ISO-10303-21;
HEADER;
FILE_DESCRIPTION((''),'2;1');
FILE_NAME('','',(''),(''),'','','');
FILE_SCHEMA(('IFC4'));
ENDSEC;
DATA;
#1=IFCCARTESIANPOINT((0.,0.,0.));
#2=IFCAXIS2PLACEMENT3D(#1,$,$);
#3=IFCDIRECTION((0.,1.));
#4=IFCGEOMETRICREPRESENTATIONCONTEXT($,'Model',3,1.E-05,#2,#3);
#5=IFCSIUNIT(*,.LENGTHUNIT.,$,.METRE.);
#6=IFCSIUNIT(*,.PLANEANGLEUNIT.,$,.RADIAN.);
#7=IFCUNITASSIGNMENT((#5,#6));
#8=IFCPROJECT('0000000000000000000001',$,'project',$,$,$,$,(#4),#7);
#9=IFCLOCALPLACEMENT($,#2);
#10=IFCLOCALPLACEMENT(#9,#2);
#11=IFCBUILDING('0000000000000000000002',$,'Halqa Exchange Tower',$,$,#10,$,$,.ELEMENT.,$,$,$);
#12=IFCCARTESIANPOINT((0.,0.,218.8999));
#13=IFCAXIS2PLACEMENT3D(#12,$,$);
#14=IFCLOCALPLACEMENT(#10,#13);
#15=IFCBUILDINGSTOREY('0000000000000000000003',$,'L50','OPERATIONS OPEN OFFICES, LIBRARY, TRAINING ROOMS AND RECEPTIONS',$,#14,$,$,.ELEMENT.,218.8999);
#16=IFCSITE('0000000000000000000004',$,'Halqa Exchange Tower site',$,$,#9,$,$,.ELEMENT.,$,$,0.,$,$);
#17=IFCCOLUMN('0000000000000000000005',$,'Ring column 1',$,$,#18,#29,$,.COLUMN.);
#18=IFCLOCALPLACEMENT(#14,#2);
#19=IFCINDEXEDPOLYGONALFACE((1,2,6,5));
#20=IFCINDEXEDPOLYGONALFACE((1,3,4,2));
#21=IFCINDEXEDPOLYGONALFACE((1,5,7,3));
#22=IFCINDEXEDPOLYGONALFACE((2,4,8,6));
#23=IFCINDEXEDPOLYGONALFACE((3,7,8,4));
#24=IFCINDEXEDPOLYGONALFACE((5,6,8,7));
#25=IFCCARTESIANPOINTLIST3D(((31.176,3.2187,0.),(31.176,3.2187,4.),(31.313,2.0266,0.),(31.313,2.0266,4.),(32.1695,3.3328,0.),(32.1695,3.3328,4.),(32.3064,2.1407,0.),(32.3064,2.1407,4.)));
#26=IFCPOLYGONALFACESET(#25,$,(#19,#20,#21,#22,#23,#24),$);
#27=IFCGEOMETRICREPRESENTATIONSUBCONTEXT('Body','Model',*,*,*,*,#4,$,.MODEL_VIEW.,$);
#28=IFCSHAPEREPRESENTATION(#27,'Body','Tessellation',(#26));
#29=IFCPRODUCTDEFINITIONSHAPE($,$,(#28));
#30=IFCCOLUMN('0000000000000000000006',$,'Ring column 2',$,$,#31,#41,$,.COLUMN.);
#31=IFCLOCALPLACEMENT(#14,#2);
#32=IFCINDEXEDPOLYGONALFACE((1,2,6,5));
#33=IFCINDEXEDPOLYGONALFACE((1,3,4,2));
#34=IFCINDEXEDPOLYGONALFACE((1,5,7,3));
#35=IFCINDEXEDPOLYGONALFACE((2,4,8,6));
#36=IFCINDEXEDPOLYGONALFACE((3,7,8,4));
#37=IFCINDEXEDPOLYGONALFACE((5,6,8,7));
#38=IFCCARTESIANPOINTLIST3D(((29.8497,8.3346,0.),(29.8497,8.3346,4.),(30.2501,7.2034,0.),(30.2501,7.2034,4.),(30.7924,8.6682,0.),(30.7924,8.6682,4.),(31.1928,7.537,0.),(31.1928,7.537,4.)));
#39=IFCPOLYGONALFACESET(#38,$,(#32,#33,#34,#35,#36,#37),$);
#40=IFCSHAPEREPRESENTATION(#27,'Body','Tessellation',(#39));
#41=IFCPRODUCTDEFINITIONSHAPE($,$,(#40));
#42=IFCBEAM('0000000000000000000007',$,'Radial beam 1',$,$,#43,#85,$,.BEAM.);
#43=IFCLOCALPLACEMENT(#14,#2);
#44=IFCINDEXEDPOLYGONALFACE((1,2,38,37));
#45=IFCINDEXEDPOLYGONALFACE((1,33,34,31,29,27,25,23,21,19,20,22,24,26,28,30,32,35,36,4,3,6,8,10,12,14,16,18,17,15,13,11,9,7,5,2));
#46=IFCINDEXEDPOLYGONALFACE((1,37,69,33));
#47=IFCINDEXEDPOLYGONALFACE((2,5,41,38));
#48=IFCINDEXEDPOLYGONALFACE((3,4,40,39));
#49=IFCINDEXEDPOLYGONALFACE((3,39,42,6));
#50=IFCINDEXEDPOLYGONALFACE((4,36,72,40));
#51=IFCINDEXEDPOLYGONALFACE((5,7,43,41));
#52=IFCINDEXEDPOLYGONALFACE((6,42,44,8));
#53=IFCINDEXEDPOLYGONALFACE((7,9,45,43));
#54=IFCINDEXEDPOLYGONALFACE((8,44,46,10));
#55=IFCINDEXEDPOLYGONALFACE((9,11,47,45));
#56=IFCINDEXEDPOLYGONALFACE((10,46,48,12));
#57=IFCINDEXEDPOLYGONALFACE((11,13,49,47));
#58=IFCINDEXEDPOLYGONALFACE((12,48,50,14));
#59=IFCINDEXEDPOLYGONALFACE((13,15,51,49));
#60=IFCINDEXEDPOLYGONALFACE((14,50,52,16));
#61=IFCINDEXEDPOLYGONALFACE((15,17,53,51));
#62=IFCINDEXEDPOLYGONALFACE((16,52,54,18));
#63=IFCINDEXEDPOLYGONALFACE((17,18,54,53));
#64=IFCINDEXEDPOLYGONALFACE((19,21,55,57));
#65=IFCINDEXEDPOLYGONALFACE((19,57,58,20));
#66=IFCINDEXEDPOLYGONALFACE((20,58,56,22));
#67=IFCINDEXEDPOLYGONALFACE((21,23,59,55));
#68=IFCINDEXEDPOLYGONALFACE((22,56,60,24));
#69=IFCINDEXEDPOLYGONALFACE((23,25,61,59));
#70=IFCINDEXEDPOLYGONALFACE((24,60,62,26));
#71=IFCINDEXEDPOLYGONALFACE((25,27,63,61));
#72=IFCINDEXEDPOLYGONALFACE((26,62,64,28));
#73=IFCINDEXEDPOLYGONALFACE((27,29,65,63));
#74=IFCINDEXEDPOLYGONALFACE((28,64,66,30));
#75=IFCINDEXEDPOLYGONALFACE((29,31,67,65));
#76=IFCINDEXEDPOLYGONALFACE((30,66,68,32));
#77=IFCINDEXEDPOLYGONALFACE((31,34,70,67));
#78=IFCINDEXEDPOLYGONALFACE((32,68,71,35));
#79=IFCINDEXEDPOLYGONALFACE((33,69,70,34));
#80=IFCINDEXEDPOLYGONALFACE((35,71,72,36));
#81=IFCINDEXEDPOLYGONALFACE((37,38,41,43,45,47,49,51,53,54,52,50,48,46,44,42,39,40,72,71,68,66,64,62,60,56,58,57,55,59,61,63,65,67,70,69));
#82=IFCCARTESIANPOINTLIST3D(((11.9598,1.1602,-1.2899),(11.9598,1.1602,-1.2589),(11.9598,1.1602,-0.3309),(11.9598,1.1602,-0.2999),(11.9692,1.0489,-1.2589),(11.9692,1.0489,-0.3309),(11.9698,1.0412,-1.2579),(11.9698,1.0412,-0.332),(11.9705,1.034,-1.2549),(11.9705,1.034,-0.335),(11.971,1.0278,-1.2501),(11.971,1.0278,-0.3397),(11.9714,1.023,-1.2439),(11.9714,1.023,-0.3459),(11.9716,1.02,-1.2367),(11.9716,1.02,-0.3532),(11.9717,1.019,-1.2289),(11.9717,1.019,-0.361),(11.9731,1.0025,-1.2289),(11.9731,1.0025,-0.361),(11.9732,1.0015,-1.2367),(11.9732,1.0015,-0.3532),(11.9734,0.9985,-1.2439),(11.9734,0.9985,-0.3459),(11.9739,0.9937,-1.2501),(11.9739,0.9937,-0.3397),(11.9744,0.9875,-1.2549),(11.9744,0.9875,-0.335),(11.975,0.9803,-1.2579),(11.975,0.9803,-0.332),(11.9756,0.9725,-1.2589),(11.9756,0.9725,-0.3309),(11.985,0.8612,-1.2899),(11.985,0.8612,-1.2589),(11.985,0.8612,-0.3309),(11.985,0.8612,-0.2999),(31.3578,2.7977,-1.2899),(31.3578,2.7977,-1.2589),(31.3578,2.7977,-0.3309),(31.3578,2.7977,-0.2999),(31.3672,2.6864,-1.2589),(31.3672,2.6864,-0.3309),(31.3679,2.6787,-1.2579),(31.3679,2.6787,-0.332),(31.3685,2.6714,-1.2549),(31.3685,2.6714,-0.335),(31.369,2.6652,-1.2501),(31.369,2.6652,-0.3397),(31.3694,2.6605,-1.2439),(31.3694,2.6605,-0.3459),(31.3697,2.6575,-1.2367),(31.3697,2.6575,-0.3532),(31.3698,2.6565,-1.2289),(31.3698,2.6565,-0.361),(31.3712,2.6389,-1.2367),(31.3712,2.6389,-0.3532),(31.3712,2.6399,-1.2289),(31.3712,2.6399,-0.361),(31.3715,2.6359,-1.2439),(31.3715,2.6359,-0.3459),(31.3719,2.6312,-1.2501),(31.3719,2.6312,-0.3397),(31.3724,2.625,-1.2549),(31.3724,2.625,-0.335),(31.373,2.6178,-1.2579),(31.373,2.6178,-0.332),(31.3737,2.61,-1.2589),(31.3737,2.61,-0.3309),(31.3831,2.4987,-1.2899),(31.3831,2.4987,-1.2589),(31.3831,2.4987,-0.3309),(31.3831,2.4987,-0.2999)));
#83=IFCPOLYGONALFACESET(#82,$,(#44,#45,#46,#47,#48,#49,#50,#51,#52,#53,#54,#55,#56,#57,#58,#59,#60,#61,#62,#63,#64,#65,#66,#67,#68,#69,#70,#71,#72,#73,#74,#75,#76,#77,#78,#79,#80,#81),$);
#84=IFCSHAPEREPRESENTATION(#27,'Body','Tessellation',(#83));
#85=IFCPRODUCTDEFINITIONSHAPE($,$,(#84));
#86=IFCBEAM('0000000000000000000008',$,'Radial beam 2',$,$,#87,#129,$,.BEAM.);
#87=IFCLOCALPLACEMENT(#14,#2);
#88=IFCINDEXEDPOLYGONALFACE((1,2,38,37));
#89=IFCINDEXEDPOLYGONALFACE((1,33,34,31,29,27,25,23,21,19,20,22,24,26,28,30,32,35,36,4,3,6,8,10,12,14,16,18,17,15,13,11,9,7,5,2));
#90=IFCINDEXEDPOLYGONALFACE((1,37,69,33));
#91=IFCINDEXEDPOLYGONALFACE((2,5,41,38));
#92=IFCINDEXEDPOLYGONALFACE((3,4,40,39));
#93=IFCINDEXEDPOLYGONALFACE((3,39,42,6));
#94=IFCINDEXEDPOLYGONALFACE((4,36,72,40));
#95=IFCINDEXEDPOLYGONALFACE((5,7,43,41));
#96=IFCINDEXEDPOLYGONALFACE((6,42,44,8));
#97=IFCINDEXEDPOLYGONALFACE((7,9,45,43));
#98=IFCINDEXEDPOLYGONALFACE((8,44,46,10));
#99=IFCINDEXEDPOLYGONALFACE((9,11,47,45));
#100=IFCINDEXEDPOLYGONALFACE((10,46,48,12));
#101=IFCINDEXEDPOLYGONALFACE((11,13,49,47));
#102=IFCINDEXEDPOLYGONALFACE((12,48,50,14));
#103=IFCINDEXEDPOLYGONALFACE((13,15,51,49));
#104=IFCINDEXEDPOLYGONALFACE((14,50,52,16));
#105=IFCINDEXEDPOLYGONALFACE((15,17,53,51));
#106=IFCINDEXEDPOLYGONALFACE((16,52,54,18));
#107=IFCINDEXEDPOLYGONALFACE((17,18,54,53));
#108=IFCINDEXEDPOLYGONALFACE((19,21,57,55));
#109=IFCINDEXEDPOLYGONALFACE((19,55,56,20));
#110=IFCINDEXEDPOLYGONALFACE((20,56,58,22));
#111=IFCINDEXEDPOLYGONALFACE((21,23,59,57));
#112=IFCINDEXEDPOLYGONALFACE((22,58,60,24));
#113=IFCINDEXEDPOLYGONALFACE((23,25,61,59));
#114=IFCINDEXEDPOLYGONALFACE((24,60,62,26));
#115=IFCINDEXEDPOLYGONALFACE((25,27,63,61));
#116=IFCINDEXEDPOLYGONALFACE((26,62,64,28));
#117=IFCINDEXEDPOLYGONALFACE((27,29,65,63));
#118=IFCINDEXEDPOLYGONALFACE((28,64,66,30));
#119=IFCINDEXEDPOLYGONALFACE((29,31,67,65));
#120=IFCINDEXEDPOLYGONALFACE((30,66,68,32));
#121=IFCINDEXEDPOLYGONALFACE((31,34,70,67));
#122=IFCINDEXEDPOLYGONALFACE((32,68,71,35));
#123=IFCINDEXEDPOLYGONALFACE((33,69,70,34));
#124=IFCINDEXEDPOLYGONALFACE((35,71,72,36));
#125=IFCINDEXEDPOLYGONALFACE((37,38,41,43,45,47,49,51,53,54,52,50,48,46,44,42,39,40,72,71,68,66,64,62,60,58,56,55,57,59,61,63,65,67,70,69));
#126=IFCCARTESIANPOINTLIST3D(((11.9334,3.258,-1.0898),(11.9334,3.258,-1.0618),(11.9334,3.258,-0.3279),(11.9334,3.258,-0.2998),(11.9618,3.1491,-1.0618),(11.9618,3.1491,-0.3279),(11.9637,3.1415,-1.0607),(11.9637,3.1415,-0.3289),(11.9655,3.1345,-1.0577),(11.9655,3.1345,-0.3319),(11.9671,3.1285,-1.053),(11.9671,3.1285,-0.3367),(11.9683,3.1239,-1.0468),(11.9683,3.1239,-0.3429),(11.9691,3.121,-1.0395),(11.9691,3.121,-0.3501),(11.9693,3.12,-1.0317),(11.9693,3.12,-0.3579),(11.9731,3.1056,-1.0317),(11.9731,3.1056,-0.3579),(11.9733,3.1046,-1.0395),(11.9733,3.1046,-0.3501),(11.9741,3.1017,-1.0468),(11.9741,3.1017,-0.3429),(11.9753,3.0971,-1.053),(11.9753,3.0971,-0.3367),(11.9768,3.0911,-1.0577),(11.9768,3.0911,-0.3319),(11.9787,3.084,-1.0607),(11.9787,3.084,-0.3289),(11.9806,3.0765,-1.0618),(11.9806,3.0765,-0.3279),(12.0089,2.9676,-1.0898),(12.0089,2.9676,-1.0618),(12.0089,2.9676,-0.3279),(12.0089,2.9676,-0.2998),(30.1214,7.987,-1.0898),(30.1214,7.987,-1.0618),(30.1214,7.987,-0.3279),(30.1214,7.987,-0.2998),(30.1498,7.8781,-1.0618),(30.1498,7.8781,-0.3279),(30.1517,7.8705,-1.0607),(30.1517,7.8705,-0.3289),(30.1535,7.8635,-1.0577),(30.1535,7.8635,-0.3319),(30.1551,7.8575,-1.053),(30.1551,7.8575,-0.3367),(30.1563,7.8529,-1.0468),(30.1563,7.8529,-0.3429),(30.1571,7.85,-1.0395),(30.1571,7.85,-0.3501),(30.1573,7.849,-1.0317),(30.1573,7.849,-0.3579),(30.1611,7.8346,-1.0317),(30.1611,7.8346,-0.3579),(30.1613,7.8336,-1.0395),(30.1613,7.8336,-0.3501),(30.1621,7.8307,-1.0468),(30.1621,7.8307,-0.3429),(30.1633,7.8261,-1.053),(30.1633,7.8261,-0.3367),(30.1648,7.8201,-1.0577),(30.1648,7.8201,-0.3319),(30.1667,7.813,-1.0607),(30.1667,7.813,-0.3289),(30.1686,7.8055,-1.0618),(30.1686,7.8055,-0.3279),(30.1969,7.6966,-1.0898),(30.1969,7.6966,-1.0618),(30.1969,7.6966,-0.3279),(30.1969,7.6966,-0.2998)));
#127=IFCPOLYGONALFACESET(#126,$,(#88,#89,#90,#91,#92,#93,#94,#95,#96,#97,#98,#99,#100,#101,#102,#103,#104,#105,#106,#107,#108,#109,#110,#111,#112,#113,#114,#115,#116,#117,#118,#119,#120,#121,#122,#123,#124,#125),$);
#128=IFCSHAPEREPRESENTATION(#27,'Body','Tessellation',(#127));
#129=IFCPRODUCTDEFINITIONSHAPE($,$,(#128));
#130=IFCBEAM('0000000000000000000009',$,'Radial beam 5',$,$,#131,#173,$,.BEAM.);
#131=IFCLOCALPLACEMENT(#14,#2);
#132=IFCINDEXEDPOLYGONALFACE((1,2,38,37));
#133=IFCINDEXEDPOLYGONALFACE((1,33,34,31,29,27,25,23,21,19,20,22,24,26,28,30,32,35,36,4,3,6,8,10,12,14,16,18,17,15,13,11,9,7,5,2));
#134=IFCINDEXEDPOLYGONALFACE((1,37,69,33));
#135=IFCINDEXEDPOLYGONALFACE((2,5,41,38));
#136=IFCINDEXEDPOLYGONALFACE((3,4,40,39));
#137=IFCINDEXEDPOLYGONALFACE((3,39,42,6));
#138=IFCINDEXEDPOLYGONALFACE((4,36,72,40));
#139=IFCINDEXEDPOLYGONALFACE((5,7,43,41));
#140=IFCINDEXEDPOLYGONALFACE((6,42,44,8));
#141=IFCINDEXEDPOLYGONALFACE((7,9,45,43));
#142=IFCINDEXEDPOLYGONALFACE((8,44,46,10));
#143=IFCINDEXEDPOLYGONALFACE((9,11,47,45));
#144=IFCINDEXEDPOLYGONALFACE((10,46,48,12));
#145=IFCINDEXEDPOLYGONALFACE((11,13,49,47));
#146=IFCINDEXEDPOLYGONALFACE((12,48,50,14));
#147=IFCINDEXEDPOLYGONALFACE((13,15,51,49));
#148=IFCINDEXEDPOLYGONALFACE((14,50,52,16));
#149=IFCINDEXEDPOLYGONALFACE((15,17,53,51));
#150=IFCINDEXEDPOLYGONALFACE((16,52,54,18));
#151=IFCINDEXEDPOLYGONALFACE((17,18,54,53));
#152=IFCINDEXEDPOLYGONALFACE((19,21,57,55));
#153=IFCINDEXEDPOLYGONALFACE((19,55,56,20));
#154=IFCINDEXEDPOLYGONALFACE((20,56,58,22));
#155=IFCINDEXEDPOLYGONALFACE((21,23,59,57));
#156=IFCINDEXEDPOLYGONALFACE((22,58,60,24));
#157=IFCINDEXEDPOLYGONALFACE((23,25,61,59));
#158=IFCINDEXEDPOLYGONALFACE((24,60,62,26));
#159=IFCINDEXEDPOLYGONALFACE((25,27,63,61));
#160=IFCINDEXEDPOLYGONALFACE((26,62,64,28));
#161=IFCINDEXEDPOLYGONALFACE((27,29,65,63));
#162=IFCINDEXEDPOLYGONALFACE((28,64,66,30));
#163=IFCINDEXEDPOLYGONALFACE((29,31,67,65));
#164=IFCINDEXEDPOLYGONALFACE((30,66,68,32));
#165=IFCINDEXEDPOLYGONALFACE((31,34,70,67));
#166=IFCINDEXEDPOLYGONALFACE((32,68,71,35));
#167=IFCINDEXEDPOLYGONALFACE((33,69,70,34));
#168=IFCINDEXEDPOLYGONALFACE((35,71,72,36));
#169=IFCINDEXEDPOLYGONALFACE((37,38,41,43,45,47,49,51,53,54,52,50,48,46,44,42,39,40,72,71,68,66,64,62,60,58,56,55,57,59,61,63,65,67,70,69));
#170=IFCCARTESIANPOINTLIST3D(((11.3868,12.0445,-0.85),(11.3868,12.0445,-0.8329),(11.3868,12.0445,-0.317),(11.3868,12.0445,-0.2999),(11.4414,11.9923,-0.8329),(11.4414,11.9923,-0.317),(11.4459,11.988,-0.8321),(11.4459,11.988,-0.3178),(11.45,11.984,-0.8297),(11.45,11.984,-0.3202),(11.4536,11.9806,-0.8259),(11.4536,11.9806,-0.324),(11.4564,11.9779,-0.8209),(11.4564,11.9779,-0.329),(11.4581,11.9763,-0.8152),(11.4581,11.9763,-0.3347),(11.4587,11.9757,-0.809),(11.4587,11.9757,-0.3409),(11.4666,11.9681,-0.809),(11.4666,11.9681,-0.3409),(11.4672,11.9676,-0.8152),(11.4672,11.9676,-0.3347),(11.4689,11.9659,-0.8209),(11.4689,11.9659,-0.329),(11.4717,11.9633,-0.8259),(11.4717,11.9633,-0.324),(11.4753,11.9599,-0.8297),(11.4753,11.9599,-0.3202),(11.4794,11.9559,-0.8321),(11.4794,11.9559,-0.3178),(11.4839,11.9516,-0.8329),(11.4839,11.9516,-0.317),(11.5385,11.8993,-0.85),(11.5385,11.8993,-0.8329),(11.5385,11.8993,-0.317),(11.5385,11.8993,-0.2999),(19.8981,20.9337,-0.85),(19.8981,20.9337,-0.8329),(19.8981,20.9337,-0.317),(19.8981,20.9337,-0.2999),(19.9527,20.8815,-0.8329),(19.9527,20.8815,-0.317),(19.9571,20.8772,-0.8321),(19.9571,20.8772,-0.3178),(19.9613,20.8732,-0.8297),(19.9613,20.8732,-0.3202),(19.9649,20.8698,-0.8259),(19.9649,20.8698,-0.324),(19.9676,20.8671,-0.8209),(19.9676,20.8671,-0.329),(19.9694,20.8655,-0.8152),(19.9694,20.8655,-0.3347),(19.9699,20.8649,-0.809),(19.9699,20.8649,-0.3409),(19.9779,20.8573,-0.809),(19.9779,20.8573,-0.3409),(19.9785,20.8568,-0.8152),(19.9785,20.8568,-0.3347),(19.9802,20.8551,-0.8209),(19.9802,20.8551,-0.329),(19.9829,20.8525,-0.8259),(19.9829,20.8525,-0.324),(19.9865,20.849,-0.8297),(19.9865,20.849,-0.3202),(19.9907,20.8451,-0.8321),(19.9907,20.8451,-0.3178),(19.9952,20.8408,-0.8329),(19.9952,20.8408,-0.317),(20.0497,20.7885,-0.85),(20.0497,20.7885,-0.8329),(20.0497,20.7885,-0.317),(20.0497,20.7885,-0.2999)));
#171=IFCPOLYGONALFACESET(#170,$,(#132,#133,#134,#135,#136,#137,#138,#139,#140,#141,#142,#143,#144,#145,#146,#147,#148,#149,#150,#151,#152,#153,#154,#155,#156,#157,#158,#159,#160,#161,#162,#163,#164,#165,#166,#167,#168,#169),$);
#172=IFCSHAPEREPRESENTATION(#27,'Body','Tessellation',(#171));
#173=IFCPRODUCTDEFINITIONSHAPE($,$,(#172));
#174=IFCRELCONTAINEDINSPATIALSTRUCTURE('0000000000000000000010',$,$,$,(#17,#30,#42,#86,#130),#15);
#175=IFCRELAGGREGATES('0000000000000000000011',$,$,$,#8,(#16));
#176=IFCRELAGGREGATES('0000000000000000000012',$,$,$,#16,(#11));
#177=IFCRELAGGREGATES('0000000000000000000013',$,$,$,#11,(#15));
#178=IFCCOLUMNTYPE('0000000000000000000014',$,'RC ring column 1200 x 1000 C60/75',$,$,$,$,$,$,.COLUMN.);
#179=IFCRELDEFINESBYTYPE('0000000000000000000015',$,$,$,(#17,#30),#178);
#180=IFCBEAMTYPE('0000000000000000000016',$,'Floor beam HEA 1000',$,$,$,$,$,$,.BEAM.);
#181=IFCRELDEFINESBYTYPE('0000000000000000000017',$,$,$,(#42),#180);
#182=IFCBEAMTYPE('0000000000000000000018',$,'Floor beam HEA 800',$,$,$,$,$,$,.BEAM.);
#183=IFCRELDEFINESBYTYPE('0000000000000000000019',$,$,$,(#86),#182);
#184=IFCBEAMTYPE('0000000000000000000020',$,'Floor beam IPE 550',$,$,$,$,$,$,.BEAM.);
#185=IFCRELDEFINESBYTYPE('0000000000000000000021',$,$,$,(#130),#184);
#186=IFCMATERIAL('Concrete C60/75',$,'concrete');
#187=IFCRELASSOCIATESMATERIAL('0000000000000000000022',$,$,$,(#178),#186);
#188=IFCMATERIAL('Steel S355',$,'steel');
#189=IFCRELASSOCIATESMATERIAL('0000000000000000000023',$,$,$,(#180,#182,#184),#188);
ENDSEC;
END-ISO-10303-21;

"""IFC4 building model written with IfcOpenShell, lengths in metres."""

from ifc_helpers import new_model, si_unit, direction, frame, origin, origin_2d, place, context, subcontext, project, spatial, rectangle, i_section, extrude, material, material_profile, profile_set, type_object, element, save


model = new_model("IFC4")

# Units and contexts
model_context = context("Model", 3, precision=1e-05, world=origin(), true_north=direction((0.0, 1.0)))
body_context = subcontext(model_context, "Body", "Model", "MODEL_VIEW")
ifc_project = project(units=[si_unit("LENGTHUNIT", "METRE"), si_unit("PLANEANGLEUNIT", "RADIAN")], contexts=[model_context])

# Site, building, storey
site_placement = place(None, origin())
site = spatial("IfcSite", under=ifc_project, at=site_placement, Name="Halqa Exchange Tower site", CompositionType="ELEMENT", RefElevation=0.0)
building_placement = place(site_placement, origin())
building = spatial("IfcBuilding", under=site, at=building_placement, Name="Halqa Exchange Tower", CompositionType="ELEMENT")
storey_placement = place(building_placement, frame((0.0, 0.0, 218.8999)))
storey = spatial("IfcBuildingStorey", under=building, at=storey_placement, Name="L50", Description="OPERATIONS OPEN OFFICES, LIBRARY, TRAINING ROOMS AND RECEPTIONS", CompositionType="ELEMENT", Elevation=218.8999)

# Columns
ifc_material_1 = material(Name="Concrete C60/75", Category="concrete")
ifc_material_profile_1 = material_profile(ifc_material_1, rectangle(XDim=1.2, YDim=1.0, at=origin_2d()), Name="1200 x 1000")
ifc_profile_set_1 = profile_set([ifc_material_profile_1], Name="Concrete C60/75")
column_type = type_object("IfcColumnType", Name="RC ring column 1200 x 1000 C60/75", PredefinedType="COLUMN", material=ifc_profile_set_1)
for number, where, z_axis, x_axis, name in (
    (1, (31.7412, 2.6797, 0.0), (0.0, 0.0, 1.0), (-0.114157, 0.993463, 0.0), "Ring column 1"),
    (2, (30.5212, 7.9358, 0.0), (0.0, 0.0, 1.0), (-0.333626, 0.942706, 0.0), "Ring column 2"),
):
    element("IfcColumn", number, at=place(storey_placement, frame(where, z_axis=z_axis, x_axis=x_axis)), inside=storey, type_object=column_type, Name=name, PredefinedType="COLUMN", context=body_context, shape_type="SweptSolid", body=[
        extrude(rectangle(XDim=1.2, YDim=1.0, at=origin_2d()), origin(), (0.0, 0.0, 1.0), 4.0),
    ])

# Beams
ifc_material_2 = material(Name="Steel S355", Category="steel")
ifc_material_profile_2 = material_profile(ifc_material_2, i_section(OverallWidth=0.3, OverallDepth=0.99, WebThickness=0.0166, FlangeThickness=0.031, FilletRadius=0.03, at=origin_2d()), Name="HEA 1000")
ifc_profile_set_2 = profile_set([ifc_material_profile_2], Name="Steel S355")
beam_type_1 = type_object("IfcBeamType", Name="Floor beam HEA 1000", PredefinedType="BEAM", material=ifc_profile_set_2)
beam_1_placement = place(storey_placement, frame((11.9724, 1.0107, -0.7949), z_axis=(0.996456, 0.084114, 0.0), x_axis=(-0.084114, 0.996456, 0.0)))
element("IfcBeam", 3, at=beam_1_placement, inside=storey, type_object=beam_type_1, Name="Radial beam 1", PredefinedType="BEAM", context=body_context, shape_type="SweptSolid", body=[
    extrude(i_section(OverallWidth=0.3, OverallDepth=0.99, WebThickness=0.0166, FlangeThickness=0.031, FilletRadius=0.03, at=origin_2d()), origin(), (0.0, 0.0, 1.0), 19.467),
])
ifc_material_profile_3 = material_profile(ifc_material_2, i_section(OverallWidth=0.3, OverallDepth=0.79, WebThickness=0.0149, FlangeThickness=0.0281, FilletRadius=0.03, at=origin_2d()), Name="HEA 800")
ifc_profile_set_3 = profile_set([ifc_material_profile_3], Name="Steel S355")
beam_type_2 = type_object("IfcBeamType", Name="Floor beam HEA 800", PredefinedType="BEAM", material=ifc_profile_set_3)
beam_2_placement = place(storey_placement, frame((11.9712, 3.1128, -0.6948), z_axis=(0.967821, 0.25164, 0.0), x_axis=(-0.25164, 0.967821, 0.0)))
element("IfcBeam", 4, at=beam_2_placement, inside=storey, type_object=beam_type_2, Name="Radial beam 2", PredefinedType="BEAM", context=body_context, shape_type="SweptSolid", body=[
    extrude(i_section(OverallWidth=0.3, OverallDepth=0.79, WebThickness=0.0149, FlangeThickness=0.0281, FilletRadius=0.03, at=origin_2d()), origin(), (0.0, 0.0, 1.0), 18.7927),
])
ifc_material_profile_4 = material_profile(ifc_material_2, i_section(OverallWidth=0.21, OverallDepth=0.55, WebThickness=0.011, FlangeThickness=0.0171, FilletRadius=0.0239, at=origin_2d()), Name="IPE 550")
ifc_profile_set_4 = profile_set([ifc_material_profile_4], Name="Steel S355")
beam_type_3 = type_object("IfcBeamType", Name="Floor beam IPE 550", PredefinedType="BEAM", material=ifc_profile_set_4)
beam_3_placement = place(storey_placement, frame((11.4626, 11.9719, -0.575), z_axis=(0.691586, 0.722295, 0.0), x_axis=(-0.722295, 0.691586, 0.0)))
element("IfcBeam", 5, at=beam_3_placement, inside=storey, type_object=beam_type_3, Name="Radial beam 5", PredefinedType="BEAM", context=body_context, shape_type="SweptSolid", body=[
    extrude(i_section(OverallWidth=0.21, OverallDepth=0.55, WebThickness=0.011, FlangeThickness=0.0171, FilletRadius=0.0239, at=origin_2d()), origin(), (0.0, 0.0, 1.0), 12.3069),
])

save(model, "model.ifc")
